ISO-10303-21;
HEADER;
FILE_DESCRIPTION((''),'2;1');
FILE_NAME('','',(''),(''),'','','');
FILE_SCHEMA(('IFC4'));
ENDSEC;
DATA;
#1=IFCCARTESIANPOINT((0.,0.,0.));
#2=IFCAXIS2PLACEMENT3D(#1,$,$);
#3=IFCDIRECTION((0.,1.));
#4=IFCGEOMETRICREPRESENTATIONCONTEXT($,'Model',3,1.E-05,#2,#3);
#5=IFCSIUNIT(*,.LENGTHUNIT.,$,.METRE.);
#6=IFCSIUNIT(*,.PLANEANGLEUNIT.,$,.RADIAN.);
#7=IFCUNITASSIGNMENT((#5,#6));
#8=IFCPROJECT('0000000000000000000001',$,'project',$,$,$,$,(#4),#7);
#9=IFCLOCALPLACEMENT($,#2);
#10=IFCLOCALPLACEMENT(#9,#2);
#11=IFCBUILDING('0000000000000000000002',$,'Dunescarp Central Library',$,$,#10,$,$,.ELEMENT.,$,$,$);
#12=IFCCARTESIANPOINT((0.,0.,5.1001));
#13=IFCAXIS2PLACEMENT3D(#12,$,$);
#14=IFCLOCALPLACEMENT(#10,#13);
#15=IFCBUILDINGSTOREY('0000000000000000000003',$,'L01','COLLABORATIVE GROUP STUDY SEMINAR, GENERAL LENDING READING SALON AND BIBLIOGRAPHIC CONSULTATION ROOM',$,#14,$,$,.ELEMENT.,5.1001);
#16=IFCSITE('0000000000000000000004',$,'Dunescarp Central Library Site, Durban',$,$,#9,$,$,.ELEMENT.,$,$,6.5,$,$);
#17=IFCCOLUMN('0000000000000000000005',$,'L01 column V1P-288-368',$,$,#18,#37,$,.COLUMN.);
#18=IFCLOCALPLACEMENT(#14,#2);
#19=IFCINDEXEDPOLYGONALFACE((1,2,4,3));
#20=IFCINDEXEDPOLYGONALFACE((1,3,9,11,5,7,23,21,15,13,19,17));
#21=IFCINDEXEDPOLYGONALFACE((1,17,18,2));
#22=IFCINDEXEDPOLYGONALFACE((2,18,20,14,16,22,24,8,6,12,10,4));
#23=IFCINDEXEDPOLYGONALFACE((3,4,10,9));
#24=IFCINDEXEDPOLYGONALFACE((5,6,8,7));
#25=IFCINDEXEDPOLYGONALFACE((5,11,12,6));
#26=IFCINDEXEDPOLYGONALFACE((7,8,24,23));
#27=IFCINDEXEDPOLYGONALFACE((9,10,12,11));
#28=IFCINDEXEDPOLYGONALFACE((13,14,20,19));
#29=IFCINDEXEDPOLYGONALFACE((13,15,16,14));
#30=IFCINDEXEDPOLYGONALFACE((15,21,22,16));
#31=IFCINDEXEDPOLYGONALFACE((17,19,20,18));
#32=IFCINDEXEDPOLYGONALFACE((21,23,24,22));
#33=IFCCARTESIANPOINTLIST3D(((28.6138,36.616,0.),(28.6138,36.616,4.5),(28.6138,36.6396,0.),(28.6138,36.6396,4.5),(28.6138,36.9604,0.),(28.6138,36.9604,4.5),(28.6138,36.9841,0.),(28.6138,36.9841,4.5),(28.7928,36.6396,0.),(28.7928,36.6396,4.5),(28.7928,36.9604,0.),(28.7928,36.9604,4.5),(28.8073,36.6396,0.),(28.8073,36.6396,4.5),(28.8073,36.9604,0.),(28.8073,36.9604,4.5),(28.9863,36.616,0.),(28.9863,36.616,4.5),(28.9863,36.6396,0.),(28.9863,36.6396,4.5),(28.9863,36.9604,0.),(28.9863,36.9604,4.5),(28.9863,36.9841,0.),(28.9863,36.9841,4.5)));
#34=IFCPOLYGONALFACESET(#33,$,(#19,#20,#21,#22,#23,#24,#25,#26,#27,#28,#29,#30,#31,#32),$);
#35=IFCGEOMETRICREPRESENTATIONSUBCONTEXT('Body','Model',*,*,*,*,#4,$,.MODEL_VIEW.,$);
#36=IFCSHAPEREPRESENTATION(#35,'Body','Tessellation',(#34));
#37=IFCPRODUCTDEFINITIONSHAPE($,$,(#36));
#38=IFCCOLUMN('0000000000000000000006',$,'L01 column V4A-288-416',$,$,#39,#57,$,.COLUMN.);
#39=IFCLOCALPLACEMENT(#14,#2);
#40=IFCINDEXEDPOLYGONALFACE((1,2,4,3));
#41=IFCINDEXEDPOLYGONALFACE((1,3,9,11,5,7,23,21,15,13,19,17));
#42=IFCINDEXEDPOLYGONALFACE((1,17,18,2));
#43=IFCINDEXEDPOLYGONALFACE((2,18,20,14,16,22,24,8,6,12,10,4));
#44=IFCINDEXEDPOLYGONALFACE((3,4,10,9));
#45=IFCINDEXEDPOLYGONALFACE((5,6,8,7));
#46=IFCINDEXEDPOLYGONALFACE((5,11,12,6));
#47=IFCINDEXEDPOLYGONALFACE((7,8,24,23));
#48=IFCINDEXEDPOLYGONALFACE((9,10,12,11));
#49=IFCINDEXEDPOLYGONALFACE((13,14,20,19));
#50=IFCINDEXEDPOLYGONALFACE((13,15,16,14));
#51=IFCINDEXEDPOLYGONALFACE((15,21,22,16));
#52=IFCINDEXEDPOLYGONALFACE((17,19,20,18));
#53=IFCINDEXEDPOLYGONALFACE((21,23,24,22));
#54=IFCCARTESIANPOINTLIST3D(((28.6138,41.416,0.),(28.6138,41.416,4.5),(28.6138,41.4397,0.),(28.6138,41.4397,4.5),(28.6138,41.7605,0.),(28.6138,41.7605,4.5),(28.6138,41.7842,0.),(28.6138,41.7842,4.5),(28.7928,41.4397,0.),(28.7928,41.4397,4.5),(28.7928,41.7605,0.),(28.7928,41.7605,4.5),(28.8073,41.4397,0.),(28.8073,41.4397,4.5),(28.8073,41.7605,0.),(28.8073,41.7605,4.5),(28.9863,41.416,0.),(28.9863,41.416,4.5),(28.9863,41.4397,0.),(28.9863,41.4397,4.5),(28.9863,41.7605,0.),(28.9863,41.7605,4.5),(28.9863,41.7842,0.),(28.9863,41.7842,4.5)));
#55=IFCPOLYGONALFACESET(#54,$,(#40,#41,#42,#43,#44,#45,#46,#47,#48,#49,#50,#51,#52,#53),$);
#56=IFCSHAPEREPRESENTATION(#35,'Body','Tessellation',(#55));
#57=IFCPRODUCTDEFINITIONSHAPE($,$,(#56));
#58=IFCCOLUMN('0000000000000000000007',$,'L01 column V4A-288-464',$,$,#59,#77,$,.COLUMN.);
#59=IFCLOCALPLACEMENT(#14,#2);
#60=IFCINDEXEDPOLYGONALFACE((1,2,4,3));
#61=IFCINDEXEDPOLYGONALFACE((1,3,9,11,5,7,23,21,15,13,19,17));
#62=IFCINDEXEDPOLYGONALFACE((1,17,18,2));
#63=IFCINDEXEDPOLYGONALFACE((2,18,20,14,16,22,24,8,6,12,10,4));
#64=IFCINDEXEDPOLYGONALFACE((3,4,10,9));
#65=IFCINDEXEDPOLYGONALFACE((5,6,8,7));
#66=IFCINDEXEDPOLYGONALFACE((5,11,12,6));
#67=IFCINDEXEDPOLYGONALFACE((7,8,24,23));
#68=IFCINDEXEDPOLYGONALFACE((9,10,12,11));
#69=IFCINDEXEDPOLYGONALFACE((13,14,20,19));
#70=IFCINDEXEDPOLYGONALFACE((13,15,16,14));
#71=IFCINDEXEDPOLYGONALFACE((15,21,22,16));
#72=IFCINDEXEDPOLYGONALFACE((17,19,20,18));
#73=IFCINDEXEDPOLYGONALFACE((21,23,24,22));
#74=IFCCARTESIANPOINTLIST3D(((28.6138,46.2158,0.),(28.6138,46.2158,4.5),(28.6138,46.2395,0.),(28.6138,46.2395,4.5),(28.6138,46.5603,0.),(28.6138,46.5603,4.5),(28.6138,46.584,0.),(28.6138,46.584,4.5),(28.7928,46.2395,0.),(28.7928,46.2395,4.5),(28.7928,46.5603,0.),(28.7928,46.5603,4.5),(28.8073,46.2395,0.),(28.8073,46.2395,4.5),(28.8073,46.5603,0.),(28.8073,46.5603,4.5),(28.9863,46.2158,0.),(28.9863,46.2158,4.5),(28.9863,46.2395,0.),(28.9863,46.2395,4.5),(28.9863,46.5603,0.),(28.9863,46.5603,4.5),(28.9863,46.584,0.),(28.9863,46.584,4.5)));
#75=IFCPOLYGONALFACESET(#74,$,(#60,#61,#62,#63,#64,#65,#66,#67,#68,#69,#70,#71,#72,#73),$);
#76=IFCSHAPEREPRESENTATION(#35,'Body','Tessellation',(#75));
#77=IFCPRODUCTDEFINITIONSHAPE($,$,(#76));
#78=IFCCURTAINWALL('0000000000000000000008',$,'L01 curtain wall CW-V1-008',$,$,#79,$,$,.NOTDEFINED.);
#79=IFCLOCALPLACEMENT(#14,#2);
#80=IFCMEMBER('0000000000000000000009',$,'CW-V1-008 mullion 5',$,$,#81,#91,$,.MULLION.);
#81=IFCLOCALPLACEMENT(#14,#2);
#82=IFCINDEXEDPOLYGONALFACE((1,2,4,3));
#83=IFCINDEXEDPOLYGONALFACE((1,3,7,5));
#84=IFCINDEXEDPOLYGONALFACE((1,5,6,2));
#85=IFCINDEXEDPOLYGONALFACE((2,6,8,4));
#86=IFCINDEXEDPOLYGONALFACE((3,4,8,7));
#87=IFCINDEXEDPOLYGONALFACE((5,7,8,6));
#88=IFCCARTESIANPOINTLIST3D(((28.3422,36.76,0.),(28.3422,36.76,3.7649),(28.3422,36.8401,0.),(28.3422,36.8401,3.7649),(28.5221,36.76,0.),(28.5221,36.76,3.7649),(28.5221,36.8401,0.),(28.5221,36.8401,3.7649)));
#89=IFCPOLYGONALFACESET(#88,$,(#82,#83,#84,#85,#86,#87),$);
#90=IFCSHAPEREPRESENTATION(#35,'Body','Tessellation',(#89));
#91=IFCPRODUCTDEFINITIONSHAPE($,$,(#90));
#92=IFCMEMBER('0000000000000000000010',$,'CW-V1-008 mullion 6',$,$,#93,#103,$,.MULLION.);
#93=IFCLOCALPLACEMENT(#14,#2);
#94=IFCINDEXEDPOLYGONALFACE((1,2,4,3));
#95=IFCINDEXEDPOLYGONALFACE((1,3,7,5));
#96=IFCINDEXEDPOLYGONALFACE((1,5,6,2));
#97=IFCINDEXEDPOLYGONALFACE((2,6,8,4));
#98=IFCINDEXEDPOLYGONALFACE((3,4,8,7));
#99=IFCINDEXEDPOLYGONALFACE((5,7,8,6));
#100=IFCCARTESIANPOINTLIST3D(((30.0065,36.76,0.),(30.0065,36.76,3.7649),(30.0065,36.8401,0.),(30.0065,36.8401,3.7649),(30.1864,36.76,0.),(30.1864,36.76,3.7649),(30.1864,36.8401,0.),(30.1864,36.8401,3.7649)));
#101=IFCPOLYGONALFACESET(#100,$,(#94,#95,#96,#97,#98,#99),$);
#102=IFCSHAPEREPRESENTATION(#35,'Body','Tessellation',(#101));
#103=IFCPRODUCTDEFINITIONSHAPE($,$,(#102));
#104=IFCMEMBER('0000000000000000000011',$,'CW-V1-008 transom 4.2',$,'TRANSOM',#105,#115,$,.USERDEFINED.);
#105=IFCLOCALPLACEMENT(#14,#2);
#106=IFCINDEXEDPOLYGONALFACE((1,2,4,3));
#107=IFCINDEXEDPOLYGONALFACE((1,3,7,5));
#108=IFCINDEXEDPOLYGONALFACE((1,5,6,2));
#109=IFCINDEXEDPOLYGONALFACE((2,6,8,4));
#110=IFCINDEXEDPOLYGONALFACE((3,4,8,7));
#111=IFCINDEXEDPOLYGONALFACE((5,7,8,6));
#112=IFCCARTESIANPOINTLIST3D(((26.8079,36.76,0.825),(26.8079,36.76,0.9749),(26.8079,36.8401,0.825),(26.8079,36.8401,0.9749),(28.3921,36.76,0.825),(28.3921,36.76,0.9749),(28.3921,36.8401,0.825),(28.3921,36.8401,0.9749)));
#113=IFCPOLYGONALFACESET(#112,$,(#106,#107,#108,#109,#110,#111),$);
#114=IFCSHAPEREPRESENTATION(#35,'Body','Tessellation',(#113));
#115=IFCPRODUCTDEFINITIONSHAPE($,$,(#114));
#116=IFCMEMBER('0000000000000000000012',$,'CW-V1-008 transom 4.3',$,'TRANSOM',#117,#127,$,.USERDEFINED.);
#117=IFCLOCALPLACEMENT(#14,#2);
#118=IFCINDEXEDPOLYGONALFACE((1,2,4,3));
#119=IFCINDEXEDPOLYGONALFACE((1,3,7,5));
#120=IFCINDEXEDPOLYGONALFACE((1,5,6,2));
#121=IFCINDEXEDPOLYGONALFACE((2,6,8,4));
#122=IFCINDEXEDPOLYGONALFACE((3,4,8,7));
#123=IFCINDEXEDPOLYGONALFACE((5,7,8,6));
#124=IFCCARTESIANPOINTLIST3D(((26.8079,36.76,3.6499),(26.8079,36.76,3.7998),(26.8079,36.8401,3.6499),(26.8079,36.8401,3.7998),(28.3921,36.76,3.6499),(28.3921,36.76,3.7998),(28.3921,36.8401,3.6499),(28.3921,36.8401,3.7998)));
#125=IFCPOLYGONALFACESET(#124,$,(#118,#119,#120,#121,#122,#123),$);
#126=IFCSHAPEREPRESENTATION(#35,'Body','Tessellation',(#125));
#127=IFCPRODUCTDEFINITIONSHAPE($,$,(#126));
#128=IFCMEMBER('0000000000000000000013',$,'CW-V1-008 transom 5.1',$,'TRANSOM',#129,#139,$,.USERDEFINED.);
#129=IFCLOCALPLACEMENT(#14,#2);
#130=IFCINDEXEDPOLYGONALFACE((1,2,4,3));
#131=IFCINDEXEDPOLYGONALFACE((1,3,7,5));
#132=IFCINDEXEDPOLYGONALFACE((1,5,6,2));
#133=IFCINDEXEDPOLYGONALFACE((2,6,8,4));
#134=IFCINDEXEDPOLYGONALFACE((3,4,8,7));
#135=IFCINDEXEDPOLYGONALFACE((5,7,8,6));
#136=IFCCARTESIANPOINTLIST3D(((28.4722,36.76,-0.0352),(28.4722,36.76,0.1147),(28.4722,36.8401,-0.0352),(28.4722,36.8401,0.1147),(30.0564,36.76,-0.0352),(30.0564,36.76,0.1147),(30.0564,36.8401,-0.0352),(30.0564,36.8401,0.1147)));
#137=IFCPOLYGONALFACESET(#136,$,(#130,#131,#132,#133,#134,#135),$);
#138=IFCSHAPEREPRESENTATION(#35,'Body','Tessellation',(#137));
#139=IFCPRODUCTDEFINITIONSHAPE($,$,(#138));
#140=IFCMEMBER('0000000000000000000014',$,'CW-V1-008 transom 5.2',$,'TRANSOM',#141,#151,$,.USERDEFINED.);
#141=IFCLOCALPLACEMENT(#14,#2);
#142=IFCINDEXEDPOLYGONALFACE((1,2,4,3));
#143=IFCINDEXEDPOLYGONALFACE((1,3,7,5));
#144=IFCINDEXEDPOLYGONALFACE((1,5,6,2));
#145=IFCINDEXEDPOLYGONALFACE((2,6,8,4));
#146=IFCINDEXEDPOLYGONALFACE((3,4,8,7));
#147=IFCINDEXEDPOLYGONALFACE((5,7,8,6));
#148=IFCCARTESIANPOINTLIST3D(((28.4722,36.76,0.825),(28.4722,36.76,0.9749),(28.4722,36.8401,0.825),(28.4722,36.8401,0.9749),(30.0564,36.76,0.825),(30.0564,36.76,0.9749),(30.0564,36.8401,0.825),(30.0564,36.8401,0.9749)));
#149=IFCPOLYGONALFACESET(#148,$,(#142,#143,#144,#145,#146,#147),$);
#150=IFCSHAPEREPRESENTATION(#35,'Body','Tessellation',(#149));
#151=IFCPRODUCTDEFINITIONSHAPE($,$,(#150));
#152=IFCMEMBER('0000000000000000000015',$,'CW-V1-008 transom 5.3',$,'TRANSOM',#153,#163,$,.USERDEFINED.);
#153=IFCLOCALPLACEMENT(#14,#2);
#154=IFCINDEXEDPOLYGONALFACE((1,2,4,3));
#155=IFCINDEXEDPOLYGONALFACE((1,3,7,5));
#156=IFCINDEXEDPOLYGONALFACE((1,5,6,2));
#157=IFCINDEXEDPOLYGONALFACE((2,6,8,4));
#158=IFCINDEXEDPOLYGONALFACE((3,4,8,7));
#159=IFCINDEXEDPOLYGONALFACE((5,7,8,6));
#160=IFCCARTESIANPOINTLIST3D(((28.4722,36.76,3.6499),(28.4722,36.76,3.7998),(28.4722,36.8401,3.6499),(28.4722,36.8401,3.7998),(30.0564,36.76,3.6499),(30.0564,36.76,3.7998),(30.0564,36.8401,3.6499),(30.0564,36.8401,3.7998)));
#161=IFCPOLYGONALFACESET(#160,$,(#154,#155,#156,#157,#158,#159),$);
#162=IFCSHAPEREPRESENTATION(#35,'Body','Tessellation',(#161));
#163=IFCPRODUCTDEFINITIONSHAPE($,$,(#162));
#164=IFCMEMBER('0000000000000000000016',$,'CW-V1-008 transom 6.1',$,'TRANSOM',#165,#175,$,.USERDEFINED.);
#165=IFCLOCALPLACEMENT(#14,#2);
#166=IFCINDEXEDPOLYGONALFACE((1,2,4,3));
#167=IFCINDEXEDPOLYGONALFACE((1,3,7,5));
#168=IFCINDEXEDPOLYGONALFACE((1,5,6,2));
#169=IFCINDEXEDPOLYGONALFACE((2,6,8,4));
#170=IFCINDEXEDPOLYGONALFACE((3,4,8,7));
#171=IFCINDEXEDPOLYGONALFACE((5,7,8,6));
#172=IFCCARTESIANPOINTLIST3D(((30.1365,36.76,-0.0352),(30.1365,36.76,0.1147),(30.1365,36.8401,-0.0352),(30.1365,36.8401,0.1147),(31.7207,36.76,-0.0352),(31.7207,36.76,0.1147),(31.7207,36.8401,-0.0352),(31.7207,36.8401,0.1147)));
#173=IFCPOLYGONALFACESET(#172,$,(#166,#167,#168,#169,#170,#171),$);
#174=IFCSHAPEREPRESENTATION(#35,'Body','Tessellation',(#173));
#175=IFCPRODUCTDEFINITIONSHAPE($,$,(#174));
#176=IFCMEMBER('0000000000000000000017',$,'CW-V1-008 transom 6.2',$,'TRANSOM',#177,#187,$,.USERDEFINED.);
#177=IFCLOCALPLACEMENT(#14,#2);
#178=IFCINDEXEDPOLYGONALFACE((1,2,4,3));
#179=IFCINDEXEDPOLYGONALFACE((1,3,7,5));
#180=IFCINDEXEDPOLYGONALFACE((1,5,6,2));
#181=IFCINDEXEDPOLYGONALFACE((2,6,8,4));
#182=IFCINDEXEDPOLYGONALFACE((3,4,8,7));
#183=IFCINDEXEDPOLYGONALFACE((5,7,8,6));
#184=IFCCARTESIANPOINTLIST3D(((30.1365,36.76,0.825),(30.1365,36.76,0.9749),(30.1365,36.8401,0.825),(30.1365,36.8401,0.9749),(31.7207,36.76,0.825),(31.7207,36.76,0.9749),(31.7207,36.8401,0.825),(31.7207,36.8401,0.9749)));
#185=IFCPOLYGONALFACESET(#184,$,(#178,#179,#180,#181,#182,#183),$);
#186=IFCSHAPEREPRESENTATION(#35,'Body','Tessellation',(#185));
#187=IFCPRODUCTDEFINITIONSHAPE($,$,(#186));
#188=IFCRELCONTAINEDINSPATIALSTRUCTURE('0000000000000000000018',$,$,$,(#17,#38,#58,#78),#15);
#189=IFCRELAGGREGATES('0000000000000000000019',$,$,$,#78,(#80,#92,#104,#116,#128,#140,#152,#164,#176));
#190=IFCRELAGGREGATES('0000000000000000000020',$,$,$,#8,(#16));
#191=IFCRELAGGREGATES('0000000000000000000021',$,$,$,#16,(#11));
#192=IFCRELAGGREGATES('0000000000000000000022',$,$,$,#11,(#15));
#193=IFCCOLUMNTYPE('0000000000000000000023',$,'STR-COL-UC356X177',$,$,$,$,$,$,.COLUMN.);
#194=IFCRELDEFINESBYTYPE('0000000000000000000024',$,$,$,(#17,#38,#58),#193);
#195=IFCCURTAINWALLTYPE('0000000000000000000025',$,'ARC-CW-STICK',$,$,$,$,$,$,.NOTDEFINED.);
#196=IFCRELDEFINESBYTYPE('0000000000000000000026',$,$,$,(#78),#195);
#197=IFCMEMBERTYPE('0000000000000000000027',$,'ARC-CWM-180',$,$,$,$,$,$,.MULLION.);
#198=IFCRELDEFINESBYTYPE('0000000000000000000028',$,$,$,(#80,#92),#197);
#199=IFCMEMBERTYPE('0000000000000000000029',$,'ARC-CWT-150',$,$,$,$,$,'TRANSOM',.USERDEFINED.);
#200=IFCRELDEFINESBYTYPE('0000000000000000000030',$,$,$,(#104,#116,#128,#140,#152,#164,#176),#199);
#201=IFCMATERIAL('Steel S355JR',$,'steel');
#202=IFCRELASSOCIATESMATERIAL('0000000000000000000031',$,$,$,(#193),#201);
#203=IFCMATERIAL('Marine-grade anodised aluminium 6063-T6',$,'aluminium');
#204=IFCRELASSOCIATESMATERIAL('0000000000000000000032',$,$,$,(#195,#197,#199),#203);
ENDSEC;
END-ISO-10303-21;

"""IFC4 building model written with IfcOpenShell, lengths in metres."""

from ifc_helpers import new_model, si_unit, direction, frame, origin, origin_2d, place, context, subcontext, project, spatial, rectangle, i_section, extrude, material, material_profile, profile_set, type_object, element, aggregate, save


model = new_model("IFC4")

# Units and contexts
model_context = context("Model", 3, precision=1e-05, world=origin(), true_north=direction((0.0, 1.0)))
body_context = subcontext(model_context, "Body", "Model", "MODEL_VIEW")
ifc_project = project(units=[si_unit("LENGTHUNIT", "METRE"), si_unit("PLANEANGLEUNIT", "RADIAN")], contexts=[model_context])

# Site, building, storey
site_placement = place(None, origin())
site = spatial("IfcSite", under=ifc_project, at=site_placement, Name="Dunescarp Central Library Site, Durban", CompositionType="ELEMENT", RefElevation=6.5)
building_placement = place(site_placement, origin())
building = spatial("IfcBuilding", under=site, at=building_placement, Name="Dunescarp Central Library", CompositionType="ELEMENT")
storey_placement = place(building_placement, frame((0.0, 0.0, 5.1001)))
storey = spatial("IfcBuildingStorey", under=building, at=storey_placement, Name="L01", Description="COLLABORATIVE GROUP STUDY SEMINAR, GENERAL LENDING READING SALON AND BIBLIOGRAPHIC CONSULTATION ROOM", CompositionType="ELEMENT", Elevation=5.1001)

# Columns
ifc_material_1 = material(Name="Steel S355JR", Category="steel")
ifc_material_profile_1 = material_profile(ifc_material_1, i_section(OverallWidth=0.3726, OverallDepth=0.3682, WebThickness=0.0144, FlangeThickness=0.0237, at=origin_2d()), Name="UC 356x368x177")
ifc_profile_set_1 = profile_set([ifc_material_profile_1], Name="Steel S355JR")
column_type = type_object("IfcColumnType", Name="STR-COL-UC356X177", PredefinedType="COLUMN", material=ifc_profile_set_1)
for number, where, z_axis, x_axis, name in (
    (1, (28.8, 36.8, 0.0), (0.0, 0.0, 1.0), (1.0, 0.0, 0.0), "L01 column V1P-288-368"),
    (2, (28.8, 41.6001, 0.0), (0.0, 0.0, 1.0), (1.0, 0.0, 0.0), "L01 column V4A-288-416"),
    (3, (28.8, 46.3999, 0.0), (0.0, 0.0, 1.0), (1.0, 0.0, 0.0), "L01 column V4A-288-464"),
):
    element("IfcColumn", number, at=place(storey_placement, frame(where, z_axis=z_axis, x_axis=x_axis)), inside=storey, type_object=column_type, Name=name, PredefinedType="COLUMN", context=body_context, shape_type="SweptSolid", body=[
        extrude(i_section(OverallWidth=0.3726, OverallDepth=0.3682, WebThickness=0.0144, FlangeThickness=0.0237, at=origin_2d()), origin(), (0.0, 0.0, 1.0), 4.5),
    ])

# Curtain wall, members
ifc_material_2 = material(Name="Marine-grade anodised aluminium 6063-T6", Category="aluminium")
curtain_wall_type = type_object("IfcCurtainWallType", Name="ARC-CW-STICK", PredefinedType="NOTDEFINED", material=ifc_material_2)
curtain_wall_placement = place(storey_placement, origin())
curtain_wall = element("IfcCurtainWall", 4, at=curtain_wall_placement, inside=storey, type_object=curtain_wall_type, Name="L01 curtain wall CW-V1-008", PredefinedType="NOTDEFINED")
ifc_material_profile_2 = material_profile(ifc_material_2, rectangle(XDim=0.0801, YDim=0.1799, at=origin_2d()), Name="AL 80x180")
ifc_profile_set_2 = profile_set([ifc_material_profile_2], Name="Marine-grade anodised aluminium 6063-T6")
member_type_1 = type_object("IfcMemberType", Name="ARC-CWM-180", PredefinedType="MULLION", material=ifc_profile_set_2)
member_1_placement = place(storey_placement, frame((28.4321, 36.8, 0.0), z_axis=(0.0, 0.0, 1.0), x_axis=(0.0, 1.0, 0.0)))
member_1 = element("IfcMember", 5, at=member_1_placement, type_object=member_type_1, Name="CW-V1-008 mullion 5", PredefinedType="MULLION", context=body_context, shape_type="SweptSolid", body=[
    extrude(rectangle(XDim=0.0801, YDim=0.1799, at=origin_2d()), origin(), (0.0, 0.0, 1.0), 3.7649),
])
member_2_placement = place(storey_placement, frame((30.0964, 36.8, 0.0), z_axis=(0.0, 0.0, 1.0), x_axis=(0.0, 1.0, 0.0)))
member_2 = element("IfcMember", 6, at=member_2_placement, type_object=member_type_1, Name="CW-V1-008 mullion 6", PredefinedType="MULLION", context=body_context, shape_type="SweptSolid", body=[
    extrude(rectangle(XDim=0.0801, YDim=0.1799, at=origin_2d()), origin(), (0.0, 0.0, 1.0), 3.7649),
])
ifc_material_profile_3 = material_profile(ifc_material_2, rectangle(XDim=0.0801, YDim=0.1499, at=origin_2d()), Name="AL 80x150")
ifc_profile_set_3 = profile_set([ifc_material_profile_3], Name="Marine-grade anodised aluminium 6063-T6")
member_type_2 = type_object("IfcMemberType", Name="ARC-CWT-150", ElementType="TRANSOM", PredefinedType="USERDEFINED", material=ifc_profile_set_3)
member_3_placement = place(storey_placement, frame((26.8079, 36.8, 0.8999), z_axis=(1.0, 0.0, 0.0), x_axis=(0.0, 1.0, 0.0)))
member_3 = element("IfcMember", 7, at=member_3_placement, type_object=member_type_2, Name="CW-V1-008 transom 4.2", ObjectType="TRANSOM", PredefinedType="USERDEFINED", context=body_context, shape_type="SweptSolid", body=[
    extrude(rectangle(XDim=0.0801, YDim=0.1499, at=origin_2d()), origin(), (0.0, 0.0, 1.0), 1.5842),
])
member_4_placement = place(storey_placement, frame((26.8079, 36.8, 3.7249), z_axis=(1.0, 0.0, 0.0), x_axis=(0.0, 1.0, 0.0)))
member_4 = element("IfcMember", 8, at=member_4_placement, type_object=member_type_2, Name="CW-V1-008 transom 4.3", ObjectType="TRANSOM", PredefinedType="USERDEFINED", context=body_context, shape_type="SweptSolid", body=[
    extrude(rectangle(XDim=0.0801, YDim=0.1499, at=origin_2d()), origin(), (0.0, 0.0, 1.0), 1.5842),
])
member_5_placement = place(storey_placement, frame((28.4722, 36.8, 0.0398), z_axis=(1.0, 0.0, 0.0), x_axis=(0.0, 1.0, 0.0)))
member_5 = element("IfcMember", 9, at=member_5_placement, type_object=member_type_2, Name="CW-V1-008 transom 5.1", ObjectType="TRANSOM", PredefinedType="USERDEFINED", context=body_context, shape_type="SweptSolid", body=[
    extrude(rectangle(XDim=0.0801, YDim=0.1499, at=origin_2d()), origin(), (0.0, 0.0, 1.0), 1.5842),
])
member_6_placement = place(storey_placement, frame((28.4722, 36.8, 0.8999), z_axis=(1.0, 0.0, 0.0), x_axis=(0.0, 1.0, 0.0)))
member_6 = element("IfcMember", 10, at=member_6_placement, type_object=member_type_2, Name="CW-V1-008 transom 5.2", ObjectType="TRANSOM", PredefinedType="USERDEFINED", context=body_context, shape_type="SweptSolid", body=[
    extrude(rectangle(XDim=0.0801, YDim=0.1499, at=origin_2d()), origin(), (0.0, 0.0, 1.0), 1.5842),
])
member_7_placement = place(storey_placement, frame((28.4722, 36.8, 3.7249), z_axis=(1.0, 0.0, 0.0), x_axis=(0.0, 1.0, 0.0)))
member_7 = element("IfcMember", 11, at=member_7_placement, type_object=member_type_2, Name="CW-V1-008 transom 5.3", ObjectType="TRANSOM", PredefinedType="USERDEFINED", context=body_context, shape_type="SweptSolid", body=[
    extrude(rectangle(XDim=0.0801, YDim=0.1499, at=origin_2d()), origin(), (0.0, 0.0, 1.0), 1.5842),
])
member_8_placement = place(storey_placement, frame((30.1365, 36.8, 0.0398), z_axis=(1.0, 0.0, 0.0), x_axis=(0.0, 1.0, 0.0)))
member_8 = element("IfcMember", 12, at=member_8_placement, type_object=member_type_2, Name="CW-V1-008 transom 6.1", ObjectType="TRANSOM", PredefinedType="USERDEFINED", context=body_context, shape_type="SweptSolid", body=[
    extrude(rectangle(XDim=0.0801, YDim=0.1499, at=origin_2d()), origin(), (0.0, 0.0, 1.0), 1.5842),
])
member_9_placement = place(storey_placement, frame((30.1365, 36.8, 0.8999), z_axis=(1.0, 0.0, 0.0), x_axis=(0.0, 1.0, 0.0)))
member_9 = element("IfcMember", 13, at=member_9_placement, type_object=member_type_2, Name="CW-V1-008 transom 6.2", ObjectType="TRANSOM", PredefinedType="USERDEFINED", context=body_context, shape_type="SweptSolid", body=[
    extrude(rectangle(XDim=0.0801, YDim=0.1499, at=origin_2d()), origin(), (0.0, 0.0, 1.0), 1.5842),
])

aggregate(curtain_wall, [member_1, member_2, member_3, member_4, member_5, member_6, member_7, member_8, member_9])

save(model, "model.ifc")
